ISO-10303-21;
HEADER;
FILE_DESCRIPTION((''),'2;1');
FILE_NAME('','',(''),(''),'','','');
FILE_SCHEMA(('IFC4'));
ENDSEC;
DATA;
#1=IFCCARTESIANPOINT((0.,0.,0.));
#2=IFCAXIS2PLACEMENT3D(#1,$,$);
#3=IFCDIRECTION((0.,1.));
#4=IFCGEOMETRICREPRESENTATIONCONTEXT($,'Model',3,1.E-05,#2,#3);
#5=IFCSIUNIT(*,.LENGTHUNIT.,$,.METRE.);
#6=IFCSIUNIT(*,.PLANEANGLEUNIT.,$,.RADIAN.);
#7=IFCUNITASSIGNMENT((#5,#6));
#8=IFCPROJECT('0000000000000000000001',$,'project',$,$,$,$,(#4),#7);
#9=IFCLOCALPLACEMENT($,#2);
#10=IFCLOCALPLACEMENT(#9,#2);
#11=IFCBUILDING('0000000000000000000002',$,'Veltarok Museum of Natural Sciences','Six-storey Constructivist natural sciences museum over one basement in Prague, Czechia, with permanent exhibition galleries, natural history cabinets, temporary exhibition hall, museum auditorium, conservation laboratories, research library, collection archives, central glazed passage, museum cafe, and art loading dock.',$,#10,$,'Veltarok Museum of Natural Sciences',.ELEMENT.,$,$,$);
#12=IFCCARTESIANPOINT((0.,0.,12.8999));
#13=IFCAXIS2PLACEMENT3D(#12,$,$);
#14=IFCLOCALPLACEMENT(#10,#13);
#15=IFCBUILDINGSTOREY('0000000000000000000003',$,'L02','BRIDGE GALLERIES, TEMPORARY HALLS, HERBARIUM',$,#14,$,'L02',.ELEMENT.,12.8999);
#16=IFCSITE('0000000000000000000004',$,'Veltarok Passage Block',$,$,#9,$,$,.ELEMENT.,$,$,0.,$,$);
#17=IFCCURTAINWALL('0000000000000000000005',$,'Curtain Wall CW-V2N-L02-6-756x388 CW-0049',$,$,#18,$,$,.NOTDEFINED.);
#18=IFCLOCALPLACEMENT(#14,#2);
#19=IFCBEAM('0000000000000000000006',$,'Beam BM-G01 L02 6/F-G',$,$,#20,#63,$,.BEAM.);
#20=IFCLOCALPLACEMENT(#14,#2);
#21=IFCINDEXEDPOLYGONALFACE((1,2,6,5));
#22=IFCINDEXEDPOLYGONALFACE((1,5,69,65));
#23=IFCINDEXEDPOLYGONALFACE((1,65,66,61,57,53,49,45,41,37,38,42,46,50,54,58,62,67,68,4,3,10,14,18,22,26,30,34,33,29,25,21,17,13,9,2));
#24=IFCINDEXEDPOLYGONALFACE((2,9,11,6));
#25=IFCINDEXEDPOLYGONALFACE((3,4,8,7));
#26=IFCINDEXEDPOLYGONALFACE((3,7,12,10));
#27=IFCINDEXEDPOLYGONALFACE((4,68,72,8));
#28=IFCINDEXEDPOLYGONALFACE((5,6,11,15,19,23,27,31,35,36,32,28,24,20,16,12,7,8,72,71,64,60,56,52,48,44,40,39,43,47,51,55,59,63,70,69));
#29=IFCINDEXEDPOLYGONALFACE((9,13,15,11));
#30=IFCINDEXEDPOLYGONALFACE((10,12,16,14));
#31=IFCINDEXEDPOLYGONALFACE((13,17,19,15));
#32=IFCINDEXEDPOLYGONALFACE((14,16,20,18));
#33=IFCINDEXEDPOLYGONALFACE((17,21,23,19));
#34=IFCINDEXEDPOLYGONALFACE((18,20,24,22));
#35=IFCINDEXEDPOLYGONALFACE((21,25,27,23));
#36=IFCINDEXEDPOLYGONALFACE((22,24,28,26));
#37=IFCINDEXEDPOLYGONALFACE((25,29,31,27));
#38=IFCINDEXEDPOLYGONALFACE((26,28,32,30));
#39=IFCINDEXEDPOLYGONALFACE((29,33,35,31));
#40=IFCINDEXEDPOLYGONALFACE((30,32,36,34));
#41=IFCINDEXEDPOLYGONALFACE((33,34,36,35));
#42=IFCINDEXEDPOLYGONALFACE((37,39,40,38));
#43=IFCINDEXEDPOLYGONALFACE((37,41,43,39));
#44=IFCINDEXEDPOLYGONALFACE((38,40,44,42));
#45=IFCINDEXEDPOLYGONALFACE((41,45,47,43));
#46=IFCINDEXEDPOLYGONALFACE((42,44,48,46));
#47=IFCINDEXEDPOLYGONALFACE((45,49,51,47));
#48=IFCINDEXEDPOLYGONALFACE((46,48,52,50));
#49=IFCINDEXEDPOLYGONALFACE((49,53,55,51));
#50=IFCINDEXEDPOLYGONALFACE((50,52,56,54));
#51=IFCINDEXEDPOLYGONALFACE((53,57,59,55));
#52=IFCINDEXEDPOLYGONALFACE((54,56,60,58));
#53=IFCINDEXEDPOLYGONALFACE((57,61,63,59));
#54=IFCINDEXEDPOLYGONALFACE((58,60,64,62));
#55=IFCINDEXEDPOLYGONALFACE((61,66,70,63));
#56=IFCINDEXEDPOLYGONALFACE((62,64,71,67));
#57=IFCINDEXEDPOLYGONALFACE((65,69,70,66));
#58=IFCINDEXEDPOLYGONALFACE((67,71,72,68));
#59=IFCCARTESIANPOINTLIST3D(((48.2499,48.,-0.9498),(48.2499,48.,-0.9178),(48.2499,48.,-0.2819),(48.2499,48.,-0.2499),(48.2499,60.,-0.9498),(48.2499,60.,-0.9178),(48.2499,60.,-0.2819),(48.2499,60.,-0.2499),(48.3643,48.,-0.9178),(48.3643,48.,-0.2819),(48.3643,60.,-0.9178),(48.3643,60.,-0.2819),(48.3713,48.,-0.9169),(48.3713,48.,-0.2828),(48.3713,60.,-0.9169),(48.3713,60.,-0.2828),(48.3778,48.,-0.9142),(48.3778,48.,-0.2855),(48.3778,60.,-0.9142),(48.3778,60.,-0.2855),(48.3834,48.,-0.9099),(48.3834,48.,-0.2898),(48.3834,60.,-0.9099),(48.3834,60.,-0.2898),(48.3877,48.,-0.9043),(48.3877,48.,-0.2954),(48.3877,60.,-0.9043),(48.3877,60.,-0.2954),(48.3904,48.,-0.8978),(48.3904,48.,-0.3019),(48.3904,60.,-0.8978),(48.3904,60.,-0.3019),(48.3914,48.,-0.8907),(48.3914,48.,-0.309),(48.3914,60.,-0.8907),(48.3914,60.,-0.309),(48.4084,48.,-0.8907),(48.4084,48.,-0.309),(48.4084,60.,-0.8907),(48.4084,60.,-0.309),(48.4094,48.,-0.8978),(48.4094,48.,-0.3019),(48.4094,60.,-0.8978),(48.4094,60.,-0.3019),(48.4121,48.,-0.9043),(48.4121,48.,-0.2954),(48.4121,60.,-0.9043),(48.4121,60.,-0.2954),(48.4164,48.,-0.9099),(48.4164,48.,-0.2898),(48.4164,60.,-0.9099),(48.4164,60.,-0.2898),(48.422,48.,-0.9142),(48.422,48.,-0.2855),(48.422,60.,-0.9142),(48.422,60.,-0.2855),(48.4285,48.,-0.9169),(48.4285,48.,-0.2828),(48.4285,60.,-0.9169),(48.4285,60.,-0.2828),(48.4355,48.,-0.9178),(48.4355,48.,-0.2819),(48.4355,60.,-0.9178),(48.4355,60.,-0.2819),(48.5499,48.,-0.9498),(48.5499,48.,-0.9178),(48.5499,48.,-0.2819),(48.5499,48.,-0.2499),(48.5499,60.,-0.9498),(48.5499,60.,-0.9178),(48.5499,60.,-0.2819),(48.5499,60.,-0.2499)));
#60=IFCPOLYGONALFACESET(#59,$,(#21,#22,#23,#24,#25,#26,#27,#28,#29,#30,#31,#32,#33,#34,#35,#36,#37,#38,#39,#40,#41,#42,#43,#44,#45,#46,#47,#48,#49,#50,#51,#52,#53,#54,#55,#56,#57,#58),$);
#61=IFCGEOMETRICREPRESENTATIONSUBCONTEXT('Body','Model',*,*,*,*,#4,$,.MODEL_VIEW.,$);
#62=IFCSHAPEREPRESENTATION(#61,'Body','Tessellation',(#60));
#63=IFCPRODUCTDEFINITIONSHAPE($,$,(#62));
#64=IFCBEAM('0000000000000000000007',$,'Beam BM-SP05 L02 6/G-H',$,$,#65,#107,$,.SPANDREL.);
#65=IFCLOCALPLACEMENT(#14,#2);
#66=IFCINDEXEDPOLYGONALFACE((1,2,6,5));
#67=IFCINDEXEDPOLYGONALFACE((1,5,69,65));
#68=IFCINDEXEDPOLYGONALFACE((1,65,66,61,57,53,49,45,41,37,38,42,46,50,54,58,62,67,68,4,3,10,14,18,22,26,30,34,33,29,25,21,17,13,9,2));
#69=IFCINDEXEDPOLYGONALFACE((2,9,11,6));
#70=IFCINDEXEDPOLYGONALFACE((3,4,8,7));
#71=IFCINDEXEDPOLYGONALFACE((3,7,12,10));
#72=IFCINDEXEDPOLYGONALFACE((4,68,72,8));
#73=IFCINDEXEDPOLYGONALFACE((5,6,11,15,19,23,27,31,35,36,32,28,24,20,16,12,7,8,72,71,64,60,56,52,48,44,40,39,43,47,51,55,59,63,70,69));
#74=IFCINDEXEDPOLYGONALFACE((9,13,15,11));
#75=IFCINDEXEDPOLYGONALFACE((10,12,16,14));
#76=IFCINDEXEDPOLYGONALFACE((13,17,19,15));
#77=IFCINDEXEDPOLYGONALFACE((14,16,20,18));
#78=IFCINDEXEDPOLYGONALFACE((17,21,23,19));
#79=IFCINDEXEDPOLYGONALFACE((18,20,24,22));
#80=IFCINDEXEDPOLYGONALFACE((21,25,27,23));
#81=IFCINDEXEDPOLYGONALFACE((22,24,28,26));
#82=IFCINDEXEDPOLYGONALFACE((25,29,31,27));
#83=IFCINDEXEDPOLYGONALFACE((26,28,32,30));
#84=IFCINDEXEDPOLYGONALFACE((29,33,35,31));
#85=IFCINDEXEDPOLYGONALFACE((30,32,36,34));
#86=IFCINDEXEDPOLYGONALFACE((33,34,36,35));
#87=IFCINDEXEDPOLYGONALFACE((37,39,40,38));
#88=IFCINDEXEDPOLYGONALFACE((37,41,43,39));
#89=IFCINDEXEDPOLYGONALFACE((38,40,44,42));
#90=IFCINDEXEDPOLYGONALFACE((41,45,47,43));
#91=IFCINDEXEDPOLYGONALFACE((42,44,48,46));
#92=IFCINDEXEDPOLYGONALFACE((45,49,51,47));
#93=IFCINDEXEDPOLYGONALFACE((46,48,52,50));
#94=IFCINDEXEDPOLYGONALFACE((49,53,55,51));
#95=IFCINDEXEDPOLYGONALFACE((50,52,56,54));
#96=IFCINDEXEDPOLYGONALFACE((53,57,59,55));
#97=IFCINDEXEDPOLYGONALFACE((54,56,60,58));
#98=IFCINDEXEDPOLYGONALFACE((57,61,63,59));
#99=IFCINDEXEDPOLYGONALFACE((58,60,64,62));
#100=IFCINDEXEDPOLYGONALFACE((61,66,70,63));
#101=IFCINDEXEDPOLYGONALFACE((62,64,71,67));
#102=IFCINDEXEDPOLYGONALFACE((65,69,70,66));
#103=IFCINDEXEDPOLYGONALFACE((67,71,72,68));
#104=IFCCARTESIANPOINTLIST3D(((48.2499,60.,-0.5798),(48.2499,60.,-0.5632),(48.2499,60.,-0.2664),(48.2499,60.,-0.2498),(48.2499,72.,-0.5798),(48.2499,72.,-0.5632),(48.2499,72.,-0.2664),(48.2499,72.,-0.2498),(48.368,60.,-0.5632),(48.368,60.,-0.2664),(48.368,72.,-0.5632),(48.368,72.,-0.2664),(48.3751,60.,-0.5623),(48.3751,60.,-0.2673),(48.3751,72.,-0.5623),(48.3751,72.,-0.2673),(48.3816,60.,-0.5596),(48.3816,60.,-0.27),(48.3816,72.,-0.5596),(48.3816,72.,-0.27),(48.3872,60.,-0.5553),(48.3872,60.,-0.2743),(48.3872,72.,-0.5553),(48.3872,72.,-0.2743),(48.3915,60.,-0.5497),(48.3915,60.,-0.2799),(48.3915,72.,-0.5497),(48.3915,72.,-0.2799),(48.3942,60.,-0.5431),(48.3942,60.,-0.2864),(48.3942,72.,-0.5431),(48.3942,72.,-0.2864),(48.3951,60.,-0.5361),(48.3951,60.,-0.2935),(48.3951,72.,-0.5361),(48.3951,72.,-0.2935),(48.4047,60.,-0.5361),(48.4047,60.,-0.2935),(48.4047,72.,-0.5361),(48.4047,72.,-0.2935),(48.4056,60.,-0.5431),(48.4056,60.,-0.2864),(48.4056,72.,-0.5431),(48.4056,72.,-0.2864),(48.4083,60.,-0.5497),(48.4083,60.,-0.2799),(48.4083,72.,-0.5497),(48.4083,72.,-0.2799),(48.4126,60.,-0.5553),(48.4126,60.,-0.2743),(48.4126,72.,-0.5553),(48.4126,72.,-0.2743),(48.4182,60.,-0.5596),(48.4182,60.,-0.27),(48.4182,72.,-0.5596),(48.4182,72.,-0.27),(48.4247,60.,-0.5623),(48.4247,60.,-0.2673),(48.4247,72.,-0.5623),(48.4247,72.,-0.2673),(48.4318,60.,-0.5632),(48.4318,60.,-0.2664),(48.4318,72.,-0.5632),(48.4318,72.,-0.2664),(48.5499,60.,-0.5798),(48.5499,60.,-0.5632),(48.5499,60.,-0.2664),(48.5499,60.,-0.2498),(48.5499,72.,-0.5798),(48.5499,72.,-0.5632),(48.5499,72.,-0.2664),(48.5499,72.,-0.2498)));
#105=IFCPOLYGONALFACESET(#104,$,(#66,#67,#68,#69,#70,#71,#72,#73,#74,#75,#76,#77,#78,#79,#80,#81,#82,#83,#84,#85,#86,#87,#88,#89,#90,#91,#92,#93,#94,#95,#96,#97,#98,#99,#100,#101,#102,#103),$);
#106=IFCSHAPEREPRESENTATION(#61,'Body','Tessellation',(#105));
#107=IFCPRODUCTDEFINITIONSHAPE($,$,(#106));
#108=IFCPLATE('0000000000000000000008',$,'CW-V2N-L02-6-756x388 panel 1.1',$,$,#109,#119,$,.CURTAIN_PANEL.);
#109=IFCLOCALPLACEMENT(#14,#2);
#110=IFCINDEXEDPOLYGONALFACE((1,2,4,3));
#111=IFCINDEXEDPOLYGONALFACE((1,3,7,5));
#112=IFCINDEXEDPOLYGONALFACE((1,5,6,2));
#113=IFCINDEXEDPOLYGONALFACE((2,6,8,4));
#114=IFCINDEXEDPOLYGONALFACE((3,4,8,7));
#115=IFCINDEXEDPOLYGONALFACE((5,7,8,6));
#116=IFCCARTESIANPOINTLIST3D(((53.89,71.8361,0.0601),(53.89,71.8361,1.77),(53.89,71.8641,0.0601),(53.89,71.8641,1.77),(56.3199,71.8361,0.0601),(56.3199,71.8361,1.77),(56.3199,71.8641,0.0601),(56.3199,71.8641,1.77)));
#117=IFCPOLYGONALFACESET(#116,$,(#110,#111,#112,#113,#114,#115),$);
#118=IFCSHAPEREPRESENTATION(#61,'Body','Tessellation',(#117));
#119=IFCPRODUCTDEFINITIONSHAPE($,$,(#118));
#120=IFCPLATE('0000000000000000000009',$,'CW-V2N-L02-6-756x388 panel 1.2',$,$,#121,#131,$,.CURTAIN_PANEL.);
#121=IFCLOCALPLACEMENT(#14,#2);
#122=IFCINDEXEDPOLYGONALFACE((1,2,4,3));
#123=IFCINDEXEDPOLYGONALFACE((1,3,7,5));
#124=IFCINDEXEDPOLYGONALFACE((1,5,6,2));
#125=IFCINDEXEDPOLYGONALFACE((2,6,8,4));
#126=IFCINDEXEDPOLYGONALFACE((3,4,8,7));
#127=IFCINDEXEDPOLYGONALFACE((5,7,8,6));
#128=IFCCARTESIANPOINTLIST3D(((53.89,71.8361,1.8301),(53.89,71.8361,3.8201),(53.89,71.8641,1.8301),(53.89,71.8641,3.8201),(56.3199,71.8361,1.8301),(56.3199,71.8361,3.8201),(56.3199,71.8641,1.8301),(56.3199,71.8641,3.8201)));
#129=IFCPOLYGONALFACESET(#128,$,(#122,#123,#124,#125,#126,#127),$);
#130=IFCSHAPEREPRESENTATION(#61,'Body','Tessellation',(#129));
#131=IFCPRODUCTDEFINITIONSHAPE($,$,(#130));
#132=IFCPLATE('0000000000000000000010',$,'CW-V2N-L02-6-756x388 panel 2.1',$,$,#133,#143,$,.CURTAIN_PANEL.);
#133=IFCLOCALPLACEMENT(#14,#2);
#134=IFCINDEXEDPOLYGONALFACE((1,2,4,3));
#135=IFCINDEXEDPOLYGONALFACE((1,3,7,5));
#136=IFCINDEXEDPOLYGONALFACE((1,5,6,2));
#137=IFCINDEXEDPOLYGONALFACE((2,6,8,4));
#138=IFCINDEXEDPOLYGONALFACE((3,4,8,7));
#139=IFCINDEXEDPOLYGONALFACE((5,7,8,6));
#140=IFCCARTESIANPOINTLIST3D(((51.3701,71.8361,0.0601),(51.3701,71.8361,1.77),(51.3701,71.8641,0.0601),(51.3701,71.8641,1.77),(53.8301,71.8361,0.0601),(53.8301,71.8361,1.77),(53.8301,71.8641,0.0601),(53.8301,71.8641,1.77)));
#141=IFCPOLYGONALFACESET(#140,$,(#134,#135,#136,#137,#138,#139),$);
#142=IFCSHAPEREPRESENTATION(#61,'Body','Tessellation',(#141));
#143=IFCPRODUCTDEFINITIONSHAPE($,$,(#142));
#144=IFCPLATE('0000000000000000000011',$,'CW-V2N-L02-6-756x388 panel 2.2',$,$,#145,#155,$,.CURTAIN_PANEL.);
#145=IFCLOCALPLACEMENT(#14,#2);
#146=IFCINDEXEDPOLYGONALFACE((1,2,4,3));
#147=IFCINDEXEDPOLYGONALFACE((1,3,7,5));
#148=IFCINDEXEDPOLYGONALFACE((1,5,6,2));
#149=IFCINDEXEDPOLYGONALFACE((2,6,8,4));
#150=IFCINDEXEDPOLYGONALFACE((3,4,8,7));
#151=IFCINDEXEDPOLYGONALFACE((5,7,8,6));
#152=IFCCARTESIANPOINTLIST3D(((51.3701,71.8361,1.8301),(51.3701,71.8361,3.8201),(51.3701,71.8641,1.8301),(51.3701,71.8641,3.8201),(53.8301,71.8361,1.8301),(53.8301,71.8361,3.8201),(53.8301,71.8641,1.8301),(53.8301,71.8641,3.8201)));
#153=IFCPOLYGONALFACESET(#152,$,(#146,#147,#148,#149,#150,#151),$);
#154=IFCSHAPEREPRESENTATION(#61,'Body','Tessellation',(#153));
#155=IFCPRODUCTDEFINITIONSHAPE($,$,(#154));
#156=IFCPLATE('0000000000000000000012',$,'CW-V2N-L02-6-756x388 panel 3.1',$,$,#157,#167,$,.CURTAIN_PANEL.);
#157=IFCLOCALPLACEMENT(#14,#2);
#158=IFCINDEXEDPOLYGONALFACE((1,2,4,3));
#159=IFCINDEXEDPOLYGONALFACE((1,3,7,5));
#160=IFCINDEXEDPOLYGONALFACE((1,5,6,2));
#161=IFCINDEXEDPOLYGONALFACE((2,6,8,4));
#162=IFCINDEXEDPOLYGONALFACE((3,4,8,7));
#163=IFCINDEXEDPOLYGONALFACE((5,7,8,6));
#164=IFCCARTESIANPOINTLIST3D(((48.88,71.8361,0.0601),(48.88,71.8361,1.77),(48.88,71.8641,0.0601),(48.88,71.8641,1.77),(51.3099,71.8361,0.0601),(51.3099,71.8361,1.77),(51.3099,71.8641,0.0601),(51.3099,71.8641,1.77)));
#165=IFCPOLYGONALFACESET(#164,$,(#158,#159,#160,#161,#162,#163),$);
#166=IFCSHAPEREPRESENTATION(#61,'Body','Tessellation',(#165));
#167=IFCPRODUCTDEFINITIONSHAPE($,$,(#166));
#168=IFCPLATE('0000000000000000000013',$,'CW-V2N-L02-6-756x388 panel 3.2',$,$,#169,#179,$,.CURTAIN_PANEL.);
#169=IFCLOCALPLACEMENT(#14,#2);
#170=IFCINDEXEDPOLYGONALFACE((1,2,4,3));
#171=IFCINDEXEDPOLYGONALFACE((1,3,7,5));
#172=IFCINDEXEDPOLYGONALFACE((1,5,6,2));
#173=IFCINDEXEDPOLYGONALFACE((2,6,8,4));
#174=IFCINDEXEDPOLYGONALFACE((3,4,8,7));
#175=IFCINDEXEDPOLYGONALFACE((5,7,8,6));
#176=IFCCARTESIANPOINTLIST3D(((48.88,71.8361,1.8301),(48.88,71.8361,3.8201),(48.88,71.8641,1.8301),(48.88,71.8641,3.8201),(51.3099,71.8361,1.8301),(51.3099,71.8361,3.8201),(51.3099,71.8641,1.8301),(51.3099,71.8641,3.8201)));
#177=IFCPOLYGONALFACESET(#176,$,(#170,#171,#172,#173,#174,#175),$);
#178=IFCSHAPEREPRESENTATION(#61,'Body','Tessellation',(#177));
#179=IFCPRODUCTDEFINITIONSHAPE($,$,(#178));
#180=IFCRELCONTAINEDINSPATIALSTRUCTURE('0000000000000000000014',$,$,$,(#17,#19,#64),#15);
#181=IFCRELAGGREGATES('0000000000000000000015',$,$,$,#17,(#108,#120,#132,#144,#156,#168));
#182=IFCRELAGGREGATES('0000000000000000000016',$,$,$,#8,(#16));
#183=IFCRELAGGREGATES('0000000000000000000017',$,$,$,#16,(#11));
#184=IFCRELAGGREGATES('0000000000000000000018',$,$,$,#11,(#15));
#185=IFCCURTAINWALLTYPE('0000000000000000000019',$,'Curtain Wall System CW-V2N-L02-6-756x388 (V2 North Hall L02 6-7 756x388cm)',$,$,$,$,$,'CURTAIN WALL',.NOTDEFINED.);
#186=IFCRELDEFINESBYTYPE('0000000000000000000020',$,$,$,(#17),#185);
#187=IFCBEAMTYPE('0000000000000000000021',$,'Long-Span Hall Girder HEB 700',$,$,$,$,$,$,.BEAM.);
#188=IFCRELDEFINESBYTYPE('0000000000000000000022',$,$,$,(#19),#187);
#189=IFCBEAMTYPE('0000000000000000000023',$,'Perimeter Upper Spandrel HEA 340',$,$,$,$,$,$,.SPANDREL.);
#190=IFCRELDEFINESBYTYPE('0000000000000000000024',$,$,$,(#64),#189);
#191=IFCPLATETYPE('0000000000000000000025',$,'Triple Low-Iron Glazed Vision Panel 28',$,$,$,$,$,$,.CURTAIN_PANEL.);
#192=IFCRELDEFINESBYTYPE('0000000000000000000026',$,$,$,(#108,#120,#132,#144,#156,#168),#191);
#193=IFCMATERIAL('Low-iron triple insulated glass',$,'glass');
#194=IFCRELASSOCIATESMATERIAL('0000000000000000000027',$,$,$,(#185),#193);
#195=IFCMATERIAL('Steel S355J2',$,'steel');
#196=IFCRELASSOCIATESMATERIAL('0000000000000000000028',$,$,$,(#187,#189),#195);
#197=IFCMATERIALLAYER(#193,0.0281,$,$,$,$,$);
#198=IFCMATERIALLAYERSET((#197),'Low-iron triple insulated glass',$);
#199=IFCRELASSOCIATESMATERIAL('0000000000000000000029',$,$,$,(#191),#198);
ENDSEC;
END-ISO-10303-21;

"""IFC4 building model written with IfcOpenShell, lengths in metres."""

from ifc_helpers import new_model, si_unit, direction, frame, origin, origin_2d, place, context, subcontext, project, spatial, rectangle, i_section, extrude, material, layer, layer_set, material_profile, profile_set, type_object, element, aggregate, save


model = new_model("IFC4")

# Units and contexts
model_context = context("Model", 3, precision=1e-05, world=origin(), true_north=direction((0.0, 1.0)))
body_context = subcontext(model_context, "Body", "Model", "MODEL_VIEW")
ifc_project = project(units=[si_unit("LENGTHUNIT", "METRE"), si_unit("PLANEANGLEUNIT", "RADIAN")], contexts=[model_context])

# Site, building, storey
site_placement = place(None, origin())
site = spatial("IfcSite", under=ifc_project, at=site_placement, Name="Veltarok Passage Block", CompositionType="ELEMENT", RefElevation=0.0)
building_placement = place(site_placement, origin())
building = spatial("IfcBuilding", under=site, at=building_placement, Name="Veltarok Museum of Natural Sciences", Description="Six-storey Constructivist natural sciences museum over one basement in Prague, Czechia, with permanent exhibition galleries, natural history cabinets, temporary exhibition hall, museum auditorium, conservation laboratories, research library, collection archives, central glazed passage, museum cafe, and art loading dock.", LongName="Veltarok Museum of Natural Sciences", CompositionType="ELEMENT")
storey_placement = place(building_placement, frame((0.0, 0.0, 12.8999)))
storey = spatial("IfcBuildingStorey", under=building, at=storey_placement, Name="L02", Description="BRIDGE GALLERIES, TEMPORARY HALLS, HERBARIUM", LongName="L02", CompositionType="ELEMENT", Elevation=12.8999)

# Shared definitions
ifc_material_1 = material(Name="Steel S355J2", Category="steel")

# Curtain wall
ifc_material_2 = material(Name="Low-iron triple insulated glass", Category="glass")
curtain_wall_type = type_object("IfcCurtainWallType", Name="Curtain Wall System CW-V2N-L02-6-756x388 (V2 North Hall L02 6-7 756x388cm)", ElementType="CURTAIN WALL", PredefinedType="NOTDEFINED", material=ifc_material_2)
curtain_wall_placement = place(storey_placement, origin())
curtain_wall = element("IfcCurtainWall", 1, at=curtain_wall_placement, inside=storey, type_object=curtain_wall_type, Name="Curtain Wall CW-V2N-L02-6-756x388 CW-0049", PredefinedType="NOTDEFINED")

# Beams
ifc_material_profile_1 = material_profile(ifc_material_1, i_section(OverallWidth=0.3, OverallDepth=0.7, WebThickness=0.0171, FlangeThickness=0.032, FilletRadius=0.0271, at=origin_2d()), Name="HEB 700")
ifc_profile_set_1 = profile_set([ifc_material_profile_1], Name="Steel S355J2")
beam_type_1 = type_object("IfcBeamType", Name="Long-Span Hall Girder HEB 700", PredefinedType="BEAM", material=ifc_profile_set_1)
beam_1_placement = place(storey_placement, frame((48.3999, 48.0, -0.5999), z_axis=(0.0, 1.0, 0.0), x_axis=(-1.0, 0.0, 0.0)))
element("IfcBeam", 2, at=beam_1_placement, inside=storey, type_object=beam_type_1, Name="Beam BM-G01 L02 6/F-G", PredefinedType="BEAM", context=body_context, shape_type="SweptSolid", body=[
    extrude(i_section(OverallWidth=0.3, OverallDepth=0.7, WebThickness=0.0171, FlangeThickness=0.032, FilletRadius=0.0271, at=origin_2d()), origin(), (0.0, 0.0, 1.0), 12.0),
])
ifc_material_profile_2 = material_profile(ifc_material_1, i_section(OverallWidth=0.3, OverallDepth=0.3301, WebThickness=0.0095, FlangeThickness=0.0166, FilletRadius=0.0271, at=origin_2d()), Name="HEA 340")
ifc_profile_set_2 = profile_set([ifc_material_profile_2], Name="Steel S355J2")
beam_type_2 = type_object("IfcBeamType", Name="Perimeter Upper Spandrel HEA 340", PredefinedType="SPANDREL", material=ifc_profile_set_2)
beam_2_placement = place(storey_placement, frame((48.3999, 60.0, -0.4148), z_axis=(0.0, 1.0, 0.0), x_axis=(-1.0, 0.0, 0.0)))
element("IfcBeam", 3, at=beam_2_placement, inside=storey, type_object=beam_type_2, Name="Beam BM-SP05 L02 6/G-H", PredefinedType="SPANDREL", context=body_context, shape_type="SweptSolid", body=[
    extrude(i_section(OverallWidth=0.3, OverallDepth=0.3301, WebThickness=0.0095, FlangeThickness=0.0166, FilletRadius=0.0271, at=origin_2d()), origin(), (0.0, 0.0, 1.0), 12.0),
])

# Plates
ifc_layer_1 = layer(ifc_material_2, 0.0281)
ifc_layer_set_1 = layer_set([ifc_layer_1], Name="Low-iron triple insulated glass")
plate_type = type_object("IfcPlateType", Name="Triple Low-Iron Glazed Vision Panel 28", PredefinedType="CURTAIN_PANEL", material=ifc_layer_set_1)
plate_1_placement = place(storey_placement, frame((55.105, 71.8501, 0.0601), z_axis=(0.0, 0.0, 1.0), x_axis=(-1.0, 0.0, 0.0)))
plate_1 = element("IfcPlate", 4, at=plate_1_placement, type_object=plate_type, Name="CW-V2N-L02-6-756x388 panel 1.1", PredefinedType="CURTAIN_PANEL", context=body_context, shape_type="SweptSolid", body=[
    extrude(rectangle(XDim=2.4299, YDim=0.0281, at=origin_2d()), origin(), (0.0, 0.0, 1.0), 1.71),
])
plate_2_placement = place(storey_placement, frame((55.105, 71.8501, 1.8301), z_axis=(0.0, 0.0, 1.0), x_axis=(-1.0, 0.0, 0.0)))
plate_2 = element("IfcPlate", 5, at=plate_2_placement, type_object=plate_type, Name="CW-V2N-L02-6-756x388 panel 1.2", PredefinedType="CURTAIN_PANEL", context=body_context, shape_type="SweptSolid", body=[
    extrude(rectangle(XDim=2.4299, YDim=0.0281, at=origin_2d()), origin(), (0.0, 0.0, 1.0), 1.99),
])
plate_3_placement = place(storey_placement, frame((52.6001, 71.8501, 0.0601), z_axis=(0.0, 0.0, 1.0), x_axis=(-1.0, 0.0, 0.0)))
plate_3 = element("IfcPlate", 6, at=plate_3_placement, type_object=plate_type, Name="CW-V2N-L02-6-756x388 panel 2.1", PredefinedType="CURTAIN_PANEL", context=body_context, shape_type="SweptSolid", body=[
    extrude(rectangle(XDim=2.46, YDim=0.0281, at=origin_2d()), origin(), (0.0, 0.0, 1.0), 1.71),
])
plate_4_placement = place(storey_placement, frame((52.6001, 71.8501, 1.8301), z_axis=(0.0, 0.0, 1.0), x_axis=(-1.0, 0.0, 0.0)))
plate_4 = element("IfcPlate", 7, at=plate_4_placement, type_object=plate_type, Name="CW-V2N-L02-6-756x388 panel 2.2", PredefinedType="CURTAIN_PANEL", context=body_context, shape_type="SweptSolid", body=[
    extrude(rectangle(XDim=2.46, YDim=0.0281, at=origin_2d()), origin(), (0.0, 0.0, 1.0), 1.99),
])
plate_5_placement = place(storey_placement, frame((50.095, 71.8501, 0.0601), z_axis=(0.0, 0.0, 1.0), x_axis=(-1.0, 0.0, 0.0)))
plate_5 = element("IfcPlate", 8, at=plate_5_placement, type_object=plate_type, Name="CW-V2N-L02-6-756x388 panel 3.1", PredefinedType="CURTAIN_PANEL", context=body_context, shape_type="SweptSolid", body=[
    extrude(rectangle(XDim=2.4299, YDim=0.0281, at=origin_2d()), origin(), (0.0, 0.0, 1.0), 1.71),
])
plate_6_placement = place(storey_placement, frame((50.095, 71.8501, 1.8301), z_axis=(0.0, 0.0, 1.0), x_axis=(-1.0, 0.0, 0.0)))
plate_6 = element("IfcPlate", 9, at=plate_6_placement, type_object=plate_type, Name="CW-V2N-L02-6-756x388 panel 3.2", PredefinedType="CURTAIN_PANEL", context=body_context, shape_type="SweptSolid", body=[
    extrude(rectangle(XDim=2.4299, YDim=0.0281, at=origin_2d()), origin(), (0.0, 0.0, 1.0), 1.99),
])
aggregate(curtain_wall, [plate_1, plate_2, plate_3, plate_4, plate_5, plate_6])

save(model, "model.ifc")
